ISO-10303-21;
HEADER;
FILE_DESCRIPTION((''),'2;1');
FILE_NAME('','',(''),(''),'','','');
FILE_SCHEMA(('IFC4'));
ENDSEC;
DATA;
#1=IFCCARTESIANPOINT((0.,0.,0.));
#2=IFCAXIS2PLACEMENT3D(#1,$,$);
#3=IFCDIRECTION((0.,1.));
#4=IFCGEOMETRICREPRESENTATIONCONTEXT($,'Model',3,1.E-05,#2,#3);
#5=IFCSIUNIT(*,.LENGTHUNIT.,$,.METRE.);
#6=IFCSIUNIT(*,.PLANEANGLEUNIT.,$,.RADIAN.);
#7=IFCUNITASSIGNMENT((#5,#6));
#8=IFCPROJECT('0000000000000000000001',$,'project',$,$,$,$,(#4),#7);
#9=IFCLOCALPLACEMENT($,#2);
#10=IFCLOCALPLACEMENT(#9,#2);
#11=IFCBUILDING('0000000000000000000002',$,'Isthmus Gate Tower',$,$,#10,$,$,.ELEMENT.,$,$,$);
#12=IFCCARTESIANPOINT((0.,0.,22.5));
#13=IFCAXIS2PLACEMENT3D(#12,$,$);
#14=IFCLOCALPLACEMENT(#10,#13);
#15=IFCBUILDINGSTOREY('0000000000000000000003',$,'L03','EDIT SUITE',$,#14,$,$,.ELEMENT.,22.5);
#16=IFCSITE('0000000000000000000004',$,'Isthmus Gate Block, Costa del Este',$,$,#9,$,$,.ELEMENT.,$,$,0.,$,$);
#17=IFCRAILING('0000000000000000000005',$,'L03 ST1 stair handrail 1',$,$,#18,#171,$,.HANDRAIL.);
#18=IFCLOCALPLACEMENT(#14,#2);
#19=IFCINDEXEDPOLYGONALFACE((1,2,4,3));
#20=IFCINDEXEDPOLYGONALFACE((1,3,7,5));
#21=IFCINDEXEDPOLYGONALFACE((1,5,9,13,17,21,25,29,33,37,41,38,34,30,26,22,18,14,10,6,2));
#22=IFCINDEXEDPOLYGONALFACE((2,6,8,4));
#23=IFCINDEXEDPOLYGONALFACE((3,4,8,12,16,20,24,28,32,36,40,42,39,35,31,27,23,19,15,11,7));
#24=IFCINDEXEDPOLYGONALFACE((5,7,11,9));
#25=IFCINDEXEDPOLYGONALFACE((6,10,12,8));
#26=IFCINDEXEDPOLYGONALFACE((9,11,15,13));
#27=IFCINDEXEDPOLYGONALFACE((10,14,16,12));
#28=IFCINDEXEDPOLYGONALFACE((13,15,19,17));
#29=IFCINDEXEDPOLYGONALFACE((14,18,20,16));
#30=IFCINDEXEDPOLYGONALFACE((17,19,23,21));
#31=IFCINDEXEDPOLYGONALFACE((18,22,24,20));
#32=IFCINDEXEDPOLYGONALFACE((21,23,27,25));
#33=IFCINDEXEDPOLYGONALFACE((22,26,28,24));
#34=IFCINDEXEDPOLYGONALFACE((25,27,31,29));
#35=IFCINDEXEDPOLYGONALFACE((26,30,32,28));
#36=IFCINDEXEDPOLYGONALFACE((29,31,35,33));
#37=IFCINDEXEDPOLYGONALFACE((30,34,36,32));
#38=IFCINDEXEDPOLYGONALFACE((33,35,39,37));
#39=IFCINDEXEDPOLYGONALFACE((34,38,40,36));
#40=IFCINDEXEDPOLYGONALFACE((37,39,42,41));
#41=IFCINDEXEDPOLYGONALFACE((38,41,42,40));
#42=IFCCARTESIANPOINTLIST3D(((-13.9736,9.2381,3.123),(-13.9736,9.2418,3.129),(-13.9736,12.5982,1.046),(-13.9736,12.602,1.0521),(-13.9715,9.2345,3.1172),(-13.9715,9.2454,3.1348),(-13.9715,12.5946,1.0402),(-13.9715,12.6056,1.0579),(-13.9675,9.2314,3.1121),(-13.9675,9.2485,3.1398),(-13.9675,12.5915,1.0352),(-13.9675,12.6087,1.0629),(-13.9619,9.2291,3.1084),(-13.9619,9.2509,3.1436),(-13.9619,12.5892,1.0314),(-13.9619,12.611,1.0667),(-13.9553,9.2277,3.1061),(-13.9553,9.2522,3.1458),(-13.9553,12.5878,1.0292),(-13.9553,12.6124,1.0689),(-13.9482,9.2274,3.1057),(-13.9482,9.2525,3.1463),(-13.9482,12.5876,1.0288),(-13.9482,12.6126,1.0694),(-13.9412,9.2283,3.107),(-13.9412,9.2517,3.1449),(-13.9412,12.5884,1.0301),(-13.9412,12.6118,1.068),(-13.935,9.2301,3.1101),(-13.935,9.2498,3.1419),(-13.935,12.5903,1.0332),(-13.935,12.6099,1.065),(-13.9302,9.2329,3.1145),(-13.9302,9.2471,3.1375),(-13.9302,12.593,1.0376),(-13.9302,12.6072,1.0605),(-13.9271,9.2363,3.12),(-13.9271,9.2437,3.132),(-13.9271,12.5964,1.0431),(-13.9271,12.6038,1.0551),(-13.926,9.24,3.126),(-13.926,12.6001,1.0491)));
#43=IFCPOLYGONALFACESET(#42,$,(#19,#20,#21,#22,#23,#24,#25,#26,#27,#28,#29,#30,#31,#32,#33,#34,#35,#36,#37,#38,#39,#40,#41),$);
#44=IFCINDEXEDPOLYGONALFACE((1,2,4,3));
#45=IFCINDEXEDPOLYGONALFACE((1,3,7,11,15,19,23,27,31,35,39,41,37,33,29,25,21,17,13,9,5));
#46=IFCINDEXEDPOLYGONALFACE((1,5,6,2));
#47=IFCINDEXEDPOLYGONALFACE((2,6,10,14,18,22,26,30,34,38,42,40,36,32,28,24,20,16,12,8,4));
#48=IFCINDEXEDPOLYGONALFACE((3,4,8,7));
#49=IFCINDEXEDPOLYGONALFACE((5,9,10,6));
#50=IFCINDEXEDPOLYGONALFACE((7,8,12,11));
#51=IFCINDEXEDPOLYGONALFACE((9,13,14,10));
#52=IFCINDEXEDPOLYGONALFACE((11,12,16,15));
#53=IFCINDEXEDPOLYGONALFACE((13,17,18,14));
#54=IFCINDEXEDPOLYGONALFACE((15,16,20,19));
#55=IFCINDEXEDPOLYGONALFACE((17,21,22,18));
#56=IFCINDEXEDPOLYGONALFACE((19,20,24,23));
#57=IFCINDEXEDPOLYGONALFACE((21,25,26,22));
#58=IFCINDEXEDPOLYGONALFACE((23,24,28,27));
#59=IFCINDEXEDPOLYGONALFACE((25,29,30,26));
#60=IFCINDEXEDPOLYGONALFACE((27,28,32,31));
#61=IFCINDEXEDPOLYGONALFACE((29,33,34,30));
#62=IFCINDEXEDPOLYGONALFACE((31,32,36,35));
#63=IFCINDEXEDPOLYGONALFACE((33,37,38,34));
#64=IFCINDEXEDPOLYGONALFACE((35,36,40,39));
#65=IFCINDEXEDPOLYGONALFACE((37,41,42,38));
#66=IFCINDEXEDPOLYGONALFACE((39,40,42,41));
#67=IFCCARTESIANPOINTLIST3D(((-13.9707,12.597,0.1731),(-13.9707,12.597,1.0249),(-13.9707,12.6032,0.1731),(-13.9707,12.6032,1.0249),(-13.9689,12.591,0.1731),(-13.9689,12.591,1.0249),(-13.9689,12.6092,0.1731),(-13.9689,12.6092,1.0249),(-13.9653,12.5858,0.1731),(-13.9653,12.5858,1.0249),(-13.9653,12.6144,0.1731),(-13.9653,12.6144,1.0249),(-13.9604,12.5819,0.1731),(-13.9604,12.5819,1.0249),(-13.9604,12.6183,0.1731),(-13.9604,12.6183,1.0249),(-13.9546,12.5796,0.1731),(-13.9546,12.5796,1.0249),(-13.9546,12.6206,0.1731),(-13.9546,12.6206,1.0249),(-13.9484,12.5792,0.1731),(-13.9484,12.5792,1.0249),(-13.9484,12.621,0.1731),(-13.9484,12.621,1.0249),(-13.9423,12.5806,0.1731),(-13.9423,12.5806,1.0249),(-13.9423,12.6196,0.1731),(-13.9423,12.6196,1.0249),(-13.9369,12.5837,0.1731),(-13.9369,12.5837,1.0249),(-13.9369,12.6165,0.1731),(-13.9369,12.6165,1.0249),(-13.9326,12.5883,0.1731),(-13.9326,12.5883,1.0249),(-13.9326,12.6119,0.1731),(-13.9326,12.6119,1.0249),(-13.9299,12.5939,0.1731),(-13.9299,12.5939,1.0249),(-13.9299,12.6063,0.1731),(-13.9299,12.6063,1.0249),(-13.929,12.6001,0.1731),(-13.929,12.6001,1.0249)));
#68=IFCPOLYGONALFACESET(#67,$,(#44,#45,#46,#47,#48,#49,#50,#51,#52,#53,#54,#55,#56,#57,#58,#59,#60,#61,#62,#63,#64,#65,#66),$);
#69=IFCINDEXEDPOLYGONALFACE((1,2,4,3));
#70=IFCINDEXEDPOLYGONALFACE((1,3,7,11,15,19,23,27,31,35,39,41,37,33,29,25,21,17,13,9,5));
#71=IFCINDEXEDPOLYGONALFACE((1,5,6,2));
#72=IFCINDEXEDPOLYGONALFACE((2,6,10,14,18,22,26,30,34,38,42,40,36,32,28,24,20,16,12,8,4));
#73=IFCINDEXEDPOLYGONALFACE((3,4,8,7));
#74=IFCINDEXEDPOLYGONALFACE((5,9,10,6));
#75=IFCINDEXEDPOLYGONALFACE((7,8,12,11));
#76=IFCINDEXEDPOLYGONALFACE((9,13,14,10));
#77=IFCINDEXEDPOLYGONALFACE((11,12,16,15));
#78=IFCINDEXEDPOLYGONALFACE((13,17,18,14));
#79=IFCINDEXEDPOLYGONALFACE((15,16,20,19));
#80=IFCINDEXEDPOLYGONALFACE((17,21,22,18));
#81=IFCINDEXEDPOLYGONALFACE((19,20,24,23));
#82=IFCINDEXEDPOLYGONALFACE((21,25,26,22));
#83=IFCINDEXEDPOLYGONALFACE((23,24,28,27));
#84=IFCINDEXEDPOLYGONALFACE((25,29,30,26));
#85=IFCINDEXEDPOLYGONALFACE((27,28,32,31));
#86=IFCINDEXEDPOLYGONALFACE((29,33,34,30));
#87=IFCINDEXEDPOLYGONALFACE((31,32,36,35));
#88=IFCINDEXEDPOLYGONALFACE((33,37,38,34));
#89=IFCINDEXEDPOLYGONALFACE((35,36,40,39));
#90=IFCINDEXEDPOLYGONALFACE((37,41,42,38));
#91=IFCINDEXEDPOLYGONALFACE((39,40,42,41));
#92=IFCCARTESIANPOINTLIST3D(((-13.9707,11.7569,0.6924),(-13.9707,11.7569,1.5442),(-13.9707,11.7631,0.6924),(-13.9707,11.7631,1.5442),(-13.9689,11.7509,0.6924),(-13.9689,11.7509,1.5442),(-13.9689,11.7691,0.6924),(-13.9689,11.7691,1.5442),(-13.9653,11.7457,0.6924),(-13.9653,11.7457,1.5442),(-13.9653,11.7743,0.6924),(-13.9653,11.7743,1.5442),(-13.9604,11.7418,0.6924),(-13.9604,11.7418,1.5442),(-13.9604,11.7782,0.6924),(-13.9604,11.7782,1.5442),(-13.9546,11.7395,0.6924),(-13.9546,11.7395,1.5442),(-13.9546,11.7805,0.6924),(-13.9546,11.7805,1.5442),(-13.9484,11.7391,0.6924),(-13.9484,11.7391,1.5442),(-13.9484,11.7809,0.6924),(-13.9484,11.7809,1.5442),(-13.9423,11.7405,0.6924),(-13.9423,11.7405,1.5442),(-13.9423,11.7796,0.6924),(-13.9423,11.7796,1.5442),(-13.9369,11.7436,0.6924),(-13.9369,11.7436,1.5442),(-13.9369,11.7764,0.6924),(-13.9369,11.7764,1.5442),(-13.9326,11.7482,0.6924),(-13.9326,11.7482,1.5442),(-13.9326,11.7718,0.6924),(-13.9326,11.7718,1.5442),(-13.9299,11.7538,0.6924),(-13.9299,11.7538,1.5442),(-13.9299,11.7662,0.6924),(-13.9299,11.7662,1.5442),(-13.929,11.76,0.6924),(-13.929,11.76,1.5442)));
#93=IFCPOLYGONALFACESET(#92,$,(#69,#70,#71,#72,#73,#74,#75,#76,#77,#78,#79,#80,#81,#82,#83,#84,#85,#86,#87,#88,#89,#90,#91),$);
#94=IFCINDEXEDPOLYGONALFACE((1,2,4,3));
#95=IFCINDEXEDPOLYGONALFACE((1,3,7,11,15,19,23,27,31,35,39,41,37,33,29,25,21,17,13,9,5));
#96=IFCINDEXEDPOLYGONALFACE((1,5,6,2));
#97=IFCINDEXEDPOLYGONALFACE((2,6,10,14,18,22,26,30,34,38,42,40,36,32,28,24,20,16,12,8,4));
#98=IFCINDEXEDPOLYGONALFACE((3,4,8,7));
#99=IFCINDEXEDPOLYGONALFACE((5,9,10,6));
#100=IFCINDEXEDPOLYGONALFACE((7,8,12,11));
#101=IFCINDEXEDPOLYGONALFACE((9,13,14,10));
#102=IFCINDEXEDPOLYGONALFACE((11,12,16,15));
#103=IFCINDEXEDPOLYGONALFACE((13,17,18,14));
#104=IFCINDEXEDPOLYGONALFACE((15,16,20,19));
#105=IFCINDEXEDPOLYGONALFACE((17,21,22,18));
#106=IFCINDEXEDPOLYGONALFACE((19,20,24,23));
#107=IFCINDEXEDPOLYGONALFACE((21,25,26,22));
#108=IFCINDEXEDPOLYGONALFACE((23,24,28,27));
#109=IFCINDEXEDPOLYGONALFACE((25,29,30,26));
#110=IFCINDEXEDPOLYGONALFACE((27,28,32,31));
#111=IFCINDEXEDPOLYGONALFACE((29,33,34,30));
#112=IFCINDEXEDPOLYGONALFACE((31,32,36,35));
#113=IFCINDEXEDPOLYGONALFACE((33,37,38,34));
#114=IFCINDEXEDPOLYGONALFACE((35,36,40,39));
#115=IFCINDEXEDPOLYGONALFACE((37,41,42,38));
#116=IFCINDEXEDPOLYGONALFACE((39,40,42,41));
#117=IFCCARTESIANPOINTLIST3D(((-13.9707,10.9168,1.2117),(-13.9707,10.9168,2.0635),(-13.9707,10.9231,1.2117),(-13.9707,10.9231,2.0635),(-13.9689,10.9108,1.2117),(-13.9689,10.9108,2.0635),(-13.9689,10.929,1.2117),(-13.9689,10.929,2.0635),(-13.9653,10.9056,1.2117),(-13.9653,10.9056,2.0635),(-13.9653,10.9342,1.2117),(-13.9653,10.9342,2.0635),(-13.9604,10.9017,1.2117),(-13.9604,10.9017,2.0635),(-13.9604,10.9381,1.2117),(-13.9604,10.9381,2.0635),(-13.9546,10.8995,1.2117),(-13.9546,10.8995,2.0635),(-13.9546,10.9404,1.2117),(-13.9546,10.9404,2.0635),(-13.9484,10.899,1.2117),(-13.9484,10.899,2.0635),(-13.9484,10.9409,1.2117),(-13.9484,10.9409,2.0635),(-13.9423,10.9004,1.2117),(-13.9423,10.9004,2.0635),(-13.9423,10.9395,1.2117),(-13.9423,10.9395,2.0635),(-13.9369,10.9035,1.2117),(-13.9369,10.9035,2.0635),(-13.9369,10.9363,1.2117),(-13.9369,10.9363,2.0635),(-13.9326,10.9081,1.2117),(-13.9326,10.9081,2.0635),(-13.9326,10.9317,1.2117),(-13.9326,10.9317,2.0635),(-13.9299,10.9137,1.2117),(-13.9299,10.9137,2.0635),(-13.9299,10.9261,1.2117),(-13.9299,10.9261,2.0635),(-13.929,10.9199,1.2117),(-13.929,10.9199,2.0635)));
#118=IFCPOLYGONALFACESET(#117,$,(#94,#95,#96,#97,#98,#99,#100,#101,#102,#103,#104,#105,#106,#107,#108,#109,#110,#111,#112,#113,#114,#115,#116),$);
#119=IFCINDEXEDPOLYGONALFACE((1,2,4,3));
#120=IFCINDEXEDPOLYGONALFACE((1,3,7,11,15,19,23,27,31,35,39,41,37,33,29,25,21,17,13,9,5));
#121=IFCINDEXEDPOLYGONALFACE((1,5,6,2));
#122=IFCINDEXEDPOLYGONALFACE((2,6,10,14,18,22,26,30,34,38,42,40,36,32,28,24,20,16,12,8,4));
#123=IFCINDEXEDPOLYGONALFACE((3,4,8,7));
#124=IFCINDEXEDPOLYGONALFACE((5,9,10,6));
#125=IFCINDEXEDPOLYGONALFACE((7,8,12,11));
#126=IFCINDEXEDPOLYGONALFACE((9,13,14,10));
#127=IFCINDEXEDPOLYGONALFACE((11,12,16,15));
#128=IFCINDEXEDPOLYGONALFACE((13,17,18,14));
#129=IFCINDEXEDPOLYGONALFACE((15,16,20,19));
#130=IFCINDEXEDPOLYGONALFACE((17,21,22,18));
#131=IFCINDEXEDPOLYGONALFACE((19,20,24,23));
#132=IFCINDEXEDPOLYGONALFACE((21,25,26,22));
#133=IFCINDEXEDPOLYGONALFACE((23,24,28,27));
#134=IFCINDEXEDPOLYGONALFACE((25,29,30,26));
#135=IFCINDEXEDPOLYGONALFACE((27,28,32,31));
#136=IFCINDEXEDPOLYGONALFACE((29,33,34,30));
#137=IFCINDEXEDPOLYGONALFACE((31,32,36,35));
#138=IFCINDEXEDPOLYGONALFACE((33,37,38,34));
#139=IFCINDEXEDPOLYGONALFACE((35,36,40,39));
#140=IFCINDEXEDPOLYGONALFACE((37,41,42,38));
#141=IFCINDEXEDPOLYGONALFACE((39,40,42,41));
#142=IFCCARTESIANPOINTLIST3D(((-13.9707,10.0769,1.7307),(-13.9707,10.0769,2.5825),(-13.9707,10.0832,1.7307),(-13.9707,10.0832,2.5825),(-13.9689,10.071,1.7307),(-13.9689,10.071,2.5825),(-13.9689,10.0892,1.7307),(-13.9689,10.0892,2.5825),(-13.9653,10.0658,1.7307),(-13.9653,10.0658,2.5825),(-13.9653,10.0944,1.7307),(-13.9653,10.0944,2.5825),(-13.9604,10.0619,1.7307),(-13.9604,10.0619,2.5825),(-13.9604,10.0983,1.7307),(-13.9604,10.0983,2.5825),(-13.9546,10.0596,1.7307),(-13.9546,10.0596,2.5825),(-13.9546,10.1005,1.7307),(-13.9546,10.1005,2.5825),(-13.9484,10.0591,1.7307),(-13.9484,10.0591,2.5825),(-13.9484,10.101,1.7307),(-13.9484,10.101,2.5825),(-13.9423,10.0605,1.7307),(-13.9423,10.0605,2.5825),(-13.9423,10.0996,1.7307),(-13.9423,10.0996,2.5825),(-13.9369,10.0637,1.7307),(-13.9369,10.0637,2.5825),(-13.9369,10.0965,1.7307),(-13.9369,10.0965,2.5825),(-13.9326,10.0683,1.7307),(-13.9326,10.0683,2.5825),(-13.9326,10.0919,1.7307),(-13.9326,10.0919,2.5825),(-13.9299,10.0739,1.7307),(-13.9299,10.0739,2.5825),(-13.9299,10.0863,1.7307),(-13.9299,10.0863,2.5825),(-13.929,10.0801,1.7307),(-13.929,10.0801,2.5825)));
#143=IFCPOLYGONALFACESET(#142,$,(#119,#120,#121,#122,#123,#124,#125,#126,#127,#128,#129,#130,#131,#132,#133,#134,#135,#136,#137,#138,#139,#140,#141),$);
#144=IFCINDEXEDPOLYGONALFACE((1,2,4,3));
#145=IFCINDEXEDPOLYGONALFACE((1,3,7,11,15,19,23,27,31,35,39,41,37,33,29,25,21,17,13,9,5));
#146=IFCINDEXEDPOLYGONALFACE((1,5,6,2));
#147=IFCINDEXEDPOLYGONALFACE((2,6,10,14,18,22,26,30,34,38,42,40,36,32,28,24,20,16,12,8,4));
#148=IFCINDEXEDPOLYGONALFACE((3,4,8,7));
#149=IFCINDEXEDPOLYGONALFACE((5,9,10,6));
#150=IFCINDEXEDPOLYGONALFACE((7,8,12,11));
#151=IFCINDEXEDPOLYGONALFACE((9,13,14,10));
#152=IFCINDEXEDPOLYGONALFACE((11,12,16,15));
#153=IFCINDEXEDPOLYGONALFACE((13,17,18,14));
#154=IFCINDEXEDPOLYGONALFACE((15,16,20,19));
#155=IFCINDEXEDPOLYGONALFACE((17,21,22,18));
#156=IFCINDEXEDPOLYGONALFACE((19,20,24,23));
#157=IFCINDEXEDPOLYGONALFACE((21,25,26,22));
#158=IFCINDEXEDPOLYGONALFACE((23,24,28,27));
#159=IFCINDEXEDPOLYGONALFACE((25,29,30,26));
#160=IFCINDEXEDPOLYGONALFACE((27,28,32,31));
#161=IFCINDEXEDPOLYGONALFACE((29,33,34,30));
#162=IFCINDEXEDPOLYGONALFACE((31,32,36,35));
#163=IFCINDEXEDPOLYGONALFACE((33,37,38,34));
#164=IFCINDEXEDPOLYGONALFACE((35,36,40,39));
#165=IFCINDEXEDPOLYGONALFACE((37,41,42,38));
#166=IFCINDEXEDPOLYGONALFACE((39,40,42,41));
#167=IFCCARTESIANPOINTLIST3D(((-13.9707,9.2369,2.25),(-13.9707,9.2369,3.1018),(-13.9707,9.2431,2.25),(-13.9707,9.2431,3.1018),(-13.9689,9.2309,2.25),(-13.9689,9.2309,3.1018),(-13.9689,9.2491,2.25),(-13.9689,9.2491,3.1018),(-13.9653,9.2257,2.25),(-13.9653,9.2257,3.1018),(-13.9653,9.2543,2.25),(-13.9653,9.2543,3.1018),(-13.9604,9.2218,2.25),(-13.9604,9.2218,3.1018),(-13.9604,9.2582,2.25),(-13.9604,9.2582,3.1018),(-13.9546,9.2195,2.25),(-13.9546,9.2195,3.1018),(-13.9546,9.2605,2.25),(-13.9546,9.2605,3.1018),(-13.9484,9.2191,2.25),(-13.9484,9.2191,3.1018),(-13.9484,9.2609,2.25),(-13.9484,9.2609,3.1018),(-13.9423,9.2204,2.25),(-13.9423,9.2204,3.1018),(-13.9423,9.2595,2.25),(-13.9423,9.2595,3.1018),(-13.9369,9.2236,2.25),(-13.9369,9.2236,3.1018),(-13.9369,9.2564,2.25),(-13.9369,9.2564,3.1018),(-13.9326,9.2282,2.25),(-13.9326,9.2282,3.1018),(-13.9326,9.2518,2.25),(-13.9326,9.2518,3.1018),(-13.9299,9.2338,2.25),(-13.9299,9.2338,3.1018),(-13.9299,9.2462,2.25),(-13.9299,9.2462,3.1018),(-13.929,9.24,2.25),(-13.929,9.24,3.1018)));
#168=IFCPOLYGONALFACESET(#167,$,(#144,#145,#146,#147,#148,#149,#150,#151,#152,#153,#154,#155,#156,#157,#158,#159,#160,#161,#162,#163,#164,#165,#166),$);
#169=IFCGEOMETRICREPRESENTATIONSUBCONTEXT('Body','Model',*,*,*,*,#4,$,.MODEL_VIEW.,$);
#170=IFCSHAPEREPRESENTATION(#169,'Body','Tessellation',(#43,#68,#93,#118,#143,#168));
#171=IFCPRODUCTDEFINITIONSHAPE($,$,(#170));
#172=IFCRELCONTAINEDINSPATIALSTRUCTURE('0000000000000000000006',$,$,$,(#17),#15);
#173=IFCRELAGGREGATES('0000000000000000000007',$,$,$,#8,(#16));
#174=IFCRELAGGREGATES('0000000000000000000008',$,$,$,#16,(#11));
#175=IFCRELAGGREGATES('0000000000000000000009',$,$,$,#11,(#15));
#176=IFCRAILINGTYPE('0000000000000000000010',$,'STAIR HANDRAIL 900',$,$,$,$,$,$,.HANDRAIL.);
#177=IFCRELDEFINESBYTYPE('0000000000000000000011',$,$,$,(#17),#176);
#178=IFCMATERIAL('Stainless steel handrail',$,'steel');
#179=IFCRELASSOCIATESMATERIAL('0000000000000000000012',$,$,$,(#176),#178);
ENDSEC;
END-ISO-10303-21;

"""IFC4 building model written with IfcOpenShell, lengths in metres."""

from ifc_helpers import new_model, si_unit, direction, frame, origin, origin_2d, place, context, subcontext, project, spatial, circle, extrude, material, type_object, element, save


model = new_model("IFC4")

# Units and contexts
model_context = context("Model", 3, precision=1e-05, world=origin(), true_north=direction((0.0, 1.0)))
body_context = subcontext(model_context, "Body", "Model", "MODEL_VIEW")
ifc_project = project(units=[si_unit("LENGTHUNIT", "METRE"), si_unit("PLANEANGLEUNIT", "RADIAN")], contexts=[model_context])

# Site, building, storey
site_placement = place(None, origin())
site = spatial("IfcSite", under=ifc_project, at=site_placement, Name="Isthmus Gate Block, Costa del Este", CompositionType="ELEMENT", RefElevation=0.0)
building_placement = place(site_placement, origin())
building = spatial("IfcBuilding", under=site, at=building_placement, Name="Isthmus Gate Tower", CompositionType="ELEMENT")
storey_placement = place(building_placement, frame((0.0, 0.0, 22.5)))
storey = spatial("IfcBuildingStorey", under=building, at=storey_placement, Name="L03", Description="EDIT SUITE", CompositionType="ELEMENT", Elevation=22.5)

# Railing
ifc_material_1 = material(Name="Stainless steel handrail", Category="steel")
railing_type_1 = type_object("IfcRailingType", Name="STAIR HANDRAIL 900", PredefinedType="HANDRAIL", material=ifc_material_1)
for number, where, name in (
    (1, (-13.95, 12.6001, 0.1731), "L03 ST1 stair handrail 1"),
):
    element("IfcRailing", number, at=place(storey_placement, frame(where)), inside=storey, type_object=railing_type_1, Name=name, PredefinedType="HANDRAIL", context=body_context, shape_type="SweptSolid", body=[
        extrude(circle(Radius=0.0239, at=origin_2d()), frame((0.0, 0.0, 0.876), z_axis=(0.0, -0.850623, 0.525776), x_axis=(1.0, 0.0, 0.0)), (0.0, 0.0, 1.0), 3.9502),
        extrude(circle(Radius=0.021, at=origin_2d()), origin(), (0.0, 0.0, 1.0), 0.8518),
        extrude(circle(Radius=0.021, at=origin_2d()), frame((0.0, -0.8401, 0.5193)), (0.0, 0.0, 1.0), 0.8518),
        extrude(circle(Radius=0.021, at=origin_2d()), frame((0.0, -1.6802, 1.0386)), (0.0, 0.0, 1.0), 0.8518),
        extrude(circle(Radius=0.021, at=origin_2d()), frame((0.0, -2.52, 1.5576)), (0.0, 0.0, 1.0), 0.8518),
        extrude(circle(Radius=0.021, at=origin_2d()), frame((0.0, -3.3601, 2.0769)), (0.0, 0.0, 1.0), 0.8518),
    ])

save(model, "model.ifc")
